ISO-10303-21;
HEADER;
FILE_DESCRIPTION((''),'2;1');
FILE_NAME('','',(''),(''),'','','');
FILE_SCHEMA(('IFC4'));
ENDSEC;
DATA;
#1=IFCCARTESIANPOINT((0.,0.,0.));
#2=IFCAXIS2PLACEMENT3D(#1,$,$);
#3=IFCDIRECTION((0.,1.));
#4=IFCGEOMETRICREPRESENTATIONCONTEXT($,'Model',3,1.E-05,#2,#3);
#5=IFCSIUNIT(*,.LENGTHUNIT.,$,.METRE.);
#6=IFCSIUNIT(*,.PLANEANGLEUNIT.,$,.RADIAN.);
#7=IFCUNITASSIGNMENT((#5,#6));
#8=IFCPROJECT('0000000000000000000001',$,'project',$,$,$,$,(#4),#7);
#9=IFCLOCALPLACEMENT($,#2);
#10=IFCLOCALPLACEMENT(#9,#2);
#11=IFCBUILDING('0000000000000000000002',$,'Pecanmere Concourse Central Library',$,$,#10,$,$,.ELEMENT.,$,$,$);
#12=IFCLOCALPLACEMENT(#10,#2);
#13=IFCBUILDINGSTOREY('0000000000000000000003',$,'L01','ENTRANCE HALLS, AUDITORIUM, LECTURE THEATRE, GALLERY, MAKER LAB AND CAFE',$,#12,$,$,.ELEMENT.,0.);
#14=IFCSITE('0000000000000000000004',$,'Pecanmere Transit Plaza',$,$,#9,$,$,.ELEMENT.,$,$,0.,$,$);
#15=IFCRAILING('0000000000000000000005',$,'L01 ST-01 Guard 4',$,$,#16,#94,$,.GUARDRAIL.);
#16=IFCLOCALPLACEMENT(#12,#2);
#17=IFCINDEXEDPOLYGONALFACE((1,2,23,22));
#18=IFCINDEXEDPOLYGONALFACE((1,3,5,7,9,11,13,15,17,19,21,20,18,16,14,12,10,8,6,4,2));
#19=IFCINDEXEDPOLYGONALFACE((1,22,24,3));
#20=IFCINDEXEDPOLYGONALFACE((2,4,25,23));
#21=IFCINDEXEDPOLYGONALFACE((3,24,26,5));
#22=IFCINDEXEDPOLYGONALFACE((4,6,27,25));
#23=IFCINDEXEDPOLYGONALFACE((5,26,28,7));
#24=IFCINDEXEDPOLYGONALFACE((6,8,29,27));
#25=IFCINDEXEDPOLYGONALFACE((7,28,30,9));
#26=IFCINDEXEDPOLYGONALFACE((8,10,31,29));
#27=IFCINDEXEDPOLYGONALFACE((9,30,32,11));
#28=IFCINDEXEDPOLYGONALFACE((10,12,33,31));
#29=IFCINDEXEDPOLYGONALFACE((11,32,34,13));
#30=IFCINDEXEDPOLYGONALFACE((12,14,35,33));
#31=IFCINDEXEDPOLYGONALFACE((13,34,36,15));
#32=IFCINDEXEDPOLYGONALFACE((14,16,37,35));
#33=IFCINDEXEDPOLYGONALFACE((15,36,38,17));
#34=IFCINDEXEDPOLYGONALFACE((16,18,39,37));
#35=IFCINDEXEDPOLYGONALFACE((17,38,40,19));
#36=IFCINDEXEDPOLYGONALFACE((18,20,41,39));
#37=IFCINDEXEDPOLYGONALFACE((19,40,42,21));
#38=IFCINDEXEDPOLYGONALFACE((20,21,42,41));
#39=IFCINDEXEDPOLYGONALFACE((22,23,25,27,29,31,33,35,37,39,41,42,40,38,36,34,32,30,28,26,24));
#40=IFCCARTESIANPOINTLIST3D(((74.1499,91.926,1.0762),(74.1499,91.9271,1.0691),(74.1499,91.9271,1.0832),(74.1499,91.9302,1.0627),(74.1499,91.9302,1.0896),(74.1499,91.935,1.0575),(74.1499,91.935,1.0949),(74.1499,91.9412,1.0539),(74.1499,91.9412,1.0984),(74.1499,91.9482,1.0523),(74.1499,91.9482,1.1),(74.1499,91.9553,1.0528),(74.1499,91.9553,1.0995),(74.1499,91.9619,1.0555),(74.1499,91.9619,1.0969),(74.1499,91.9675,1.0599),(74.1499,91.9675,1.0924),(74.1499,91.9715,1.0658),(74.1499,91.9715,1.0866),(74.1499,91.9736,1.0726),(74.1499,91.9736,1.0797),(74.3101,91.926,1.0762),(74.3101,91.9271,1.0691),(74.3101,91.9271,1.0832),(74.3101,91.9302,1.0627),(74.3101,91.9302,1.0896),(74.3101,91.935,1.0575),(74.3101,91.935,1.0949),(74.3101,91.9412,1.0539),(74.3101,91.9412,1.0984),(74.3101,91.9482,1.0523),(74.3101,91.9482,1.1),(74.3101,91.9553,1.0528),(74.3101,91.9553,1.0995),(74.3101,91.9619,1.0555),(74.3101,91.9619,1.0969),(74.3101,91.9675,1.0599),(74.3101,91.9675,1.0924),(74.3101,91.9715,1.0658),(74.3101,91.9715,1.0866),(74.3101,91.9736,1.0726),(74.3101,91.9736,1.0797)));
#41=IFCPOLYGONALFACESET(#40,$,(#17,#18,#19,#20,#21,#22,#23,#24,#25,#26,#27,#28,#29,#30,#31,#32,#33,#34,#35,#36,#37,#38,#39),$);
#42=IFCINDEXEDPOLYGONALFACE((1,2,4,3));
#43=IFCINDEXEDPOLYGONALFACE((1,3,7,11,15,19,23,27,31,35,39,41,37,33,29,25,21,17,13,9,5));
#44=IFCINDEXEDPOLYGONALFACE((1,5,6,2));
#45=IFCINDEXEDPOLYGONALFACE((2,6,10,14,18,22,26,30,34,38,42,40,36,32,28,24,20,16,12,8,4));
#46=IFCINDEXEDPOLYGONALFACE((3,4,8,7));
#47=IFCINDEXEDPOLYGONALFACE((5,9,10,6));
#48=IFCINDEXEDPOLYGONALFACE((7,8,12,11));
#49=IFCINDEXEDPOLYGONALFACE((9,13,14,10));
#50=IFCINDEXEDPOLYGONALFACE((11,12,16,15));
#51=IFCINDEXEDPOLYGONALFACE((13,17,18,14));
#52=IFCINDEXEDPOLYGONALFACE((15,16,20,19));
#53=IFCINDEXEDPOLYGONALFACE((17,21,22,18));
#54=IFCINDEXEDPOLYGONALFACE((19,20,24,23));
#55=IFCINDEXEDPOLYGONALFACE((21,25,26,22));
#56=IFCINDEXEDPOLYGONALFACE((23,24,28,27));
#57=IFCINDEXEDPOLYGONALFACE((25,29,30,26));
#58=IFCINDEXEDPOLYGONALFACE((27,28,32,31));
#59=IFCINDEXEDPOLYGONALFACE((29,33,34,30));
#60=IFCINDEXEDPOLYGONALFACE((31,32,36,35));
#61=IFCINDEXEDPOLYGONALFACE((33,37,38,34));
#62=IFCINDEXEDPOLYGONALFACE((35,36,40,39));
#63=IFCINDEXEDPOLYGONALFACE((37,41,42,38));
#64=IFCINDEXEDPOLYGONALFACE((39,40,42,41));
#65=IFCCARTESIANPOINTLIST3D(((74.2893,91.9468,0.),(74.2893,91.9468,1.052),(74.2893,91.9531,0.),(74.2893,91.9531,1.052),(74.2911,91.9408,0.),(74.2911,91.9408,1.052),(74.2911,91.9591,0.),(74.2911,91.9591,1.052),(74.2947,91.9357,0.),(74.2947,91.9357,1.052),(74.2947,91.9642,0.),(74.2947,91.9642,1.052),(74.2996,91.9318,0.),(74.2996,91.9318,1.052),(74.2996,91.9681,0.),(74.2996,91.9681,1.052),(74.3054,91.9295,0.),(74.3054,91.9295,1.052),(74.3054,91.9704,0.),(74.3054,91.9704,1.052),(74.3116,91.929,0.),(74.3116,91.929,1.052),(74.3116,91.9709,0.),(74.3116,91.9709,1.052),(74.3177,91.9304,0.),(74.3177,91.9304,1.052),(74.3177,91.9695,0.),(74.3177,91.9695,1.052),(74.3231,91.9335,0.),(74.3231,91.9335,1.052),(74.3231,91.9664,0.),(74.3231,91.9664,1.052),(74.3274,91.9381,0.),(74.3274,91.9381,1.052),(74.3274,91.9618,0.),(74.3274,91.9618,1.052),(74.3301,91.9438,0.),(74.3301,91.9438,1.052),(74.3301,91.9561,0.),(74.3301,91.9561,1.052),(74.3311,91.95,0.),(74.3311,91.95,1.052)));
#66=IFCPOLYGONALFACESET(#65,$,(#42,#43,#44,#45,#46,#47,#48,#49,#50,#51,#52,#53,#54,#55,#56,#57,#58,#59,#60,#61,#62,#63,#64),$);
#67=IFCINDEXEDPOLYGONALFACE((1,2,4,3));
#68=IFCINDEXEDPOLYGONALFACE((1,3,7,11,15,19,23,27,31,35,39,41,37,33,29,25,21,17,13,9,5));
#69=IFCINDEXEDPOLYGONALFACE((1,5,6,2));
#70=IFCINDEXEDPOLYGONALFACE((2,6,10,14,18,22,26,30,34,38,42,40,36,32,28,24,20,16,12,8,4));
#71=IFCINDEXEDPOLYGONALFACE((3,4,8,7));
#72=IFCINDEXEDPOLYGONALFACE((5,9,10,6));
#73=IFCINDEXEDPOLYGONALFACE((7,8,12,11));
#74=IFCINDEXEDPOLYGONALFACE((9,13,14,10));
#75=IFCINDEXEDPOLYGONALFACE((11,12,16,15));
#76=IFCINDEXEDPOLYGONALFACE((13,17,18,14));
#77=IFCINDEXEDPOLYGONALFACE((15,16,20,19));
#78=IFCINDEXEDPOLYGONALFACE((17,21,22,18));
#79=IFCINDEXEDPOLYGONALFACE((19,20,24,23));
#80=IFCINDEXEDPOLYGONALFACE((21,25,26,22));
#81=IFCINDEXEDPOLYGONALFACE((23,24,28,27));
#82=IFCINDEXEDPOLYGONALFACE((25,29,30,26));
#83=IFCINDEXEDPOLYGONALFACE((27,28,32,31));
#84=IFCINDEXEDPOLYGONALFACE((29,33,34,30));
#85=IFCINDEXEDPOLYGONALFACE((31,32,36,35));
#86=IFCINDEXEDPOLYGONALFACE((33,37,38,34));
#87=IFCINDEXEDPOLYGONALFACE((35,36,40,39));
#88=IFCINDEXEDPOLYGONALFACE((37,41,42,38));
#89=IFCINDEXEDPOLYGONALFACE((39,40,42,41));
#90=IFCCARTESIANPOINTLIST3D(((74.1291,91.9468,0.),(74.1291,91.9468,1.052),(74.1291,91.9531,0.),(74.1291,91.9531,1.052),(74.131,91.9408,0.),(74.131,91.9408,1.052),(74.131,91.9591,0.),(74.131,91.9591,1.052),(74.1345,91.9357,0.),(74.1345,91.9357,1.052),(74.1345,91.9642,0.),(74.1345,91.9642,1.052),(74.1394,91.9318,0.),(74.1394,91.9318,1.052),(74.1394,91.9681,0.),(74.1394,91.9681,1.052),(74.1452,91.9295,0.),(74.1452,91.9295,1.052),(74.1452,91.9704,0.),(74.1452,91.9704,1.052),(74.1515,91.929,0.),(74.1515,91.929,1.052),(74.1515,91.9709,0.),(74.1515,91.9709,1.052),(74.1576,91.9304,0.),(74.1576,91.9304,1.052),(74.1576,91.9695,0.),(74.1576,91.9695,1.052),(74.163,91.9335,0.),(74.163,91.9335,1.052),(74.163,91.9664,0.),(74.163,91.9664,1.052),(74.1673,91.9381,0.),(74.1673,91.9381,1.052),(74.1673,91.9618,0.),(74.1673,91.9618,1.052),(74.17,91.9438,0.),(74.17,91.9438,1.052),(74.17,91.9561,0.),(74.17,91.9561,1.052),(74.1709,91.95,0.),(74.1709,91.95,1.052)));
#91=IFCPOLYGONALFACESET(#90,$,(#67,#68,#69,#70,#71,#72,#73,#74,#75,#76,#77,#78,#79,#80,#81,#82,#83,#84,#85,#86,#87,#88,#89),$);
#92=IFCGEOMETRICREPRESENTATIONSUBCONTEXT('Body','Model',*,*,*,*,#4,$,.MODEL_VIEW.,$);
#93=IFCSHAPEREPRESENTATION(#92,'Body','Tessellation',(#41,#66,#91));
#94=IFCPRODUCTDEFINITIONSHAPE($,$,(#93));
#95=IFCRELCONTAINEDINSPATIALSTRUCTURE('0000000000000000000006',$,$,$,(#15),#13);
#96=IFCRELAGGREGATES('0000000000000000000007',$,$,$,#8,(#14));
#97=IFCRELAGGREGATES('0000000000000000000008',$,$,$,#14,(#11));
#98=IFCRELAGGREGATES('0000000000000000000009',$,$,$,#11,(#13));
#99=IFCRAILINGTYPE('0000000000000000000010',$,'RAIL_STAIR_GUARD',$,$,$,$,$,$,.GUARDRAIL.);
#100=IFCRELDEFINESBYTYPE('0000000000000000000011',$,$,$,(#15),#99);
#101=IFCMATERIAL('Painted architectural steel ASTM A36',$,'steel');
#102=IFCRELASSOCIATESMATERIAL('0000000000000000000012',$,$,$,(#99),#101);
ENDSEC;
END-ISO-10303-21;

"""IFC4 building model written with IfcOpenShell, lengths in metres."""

from ifc_helpers import new_model, si_unit, direction, frame, origin, origin_2d, place, context, subcontext, project, spatial, circle, extrude, material, type_object, element, save


model = new_model("IFC4")

# Units and contexts
model_context = context("Model", 3, precision=1e-05, world=origin(), true_north=direction((0.0, 1.0)))
body_context = subcontext(model_context, "Body", "Model", "MODEL_VIEW")
ifc_project = project(units=[si_unit("LENGTHUNIT", "METRE"), si_unit("PLANEANGLEUNIT", "RADIAN")], contexts=[model_context])

# Site, building, storey
site_placement = place(None, origin())
site = spatial("IfcSite", under=ifc_project, at=site_placement, Name="Pecanmere Transit Plaza", CompositionType="ELEMENT", RefElevation=0.0)
building_placement = place(site_placement, origin())
building = spatial("IfcBuilding", under=site, at=building_placement, Name="Pecanmere Concourse Central Library", CompositionType="ELEMENT")
storey_placement = place(building_placement, origin())
storey = spatial("IfcBuildingStorey", under=building, at=storey_placement, Name="L01", Description="ENTRANCE HALLS, AUDITORIUM, LECTURE THEATRE, GALLERY, MAKER LAB AND CAFE", CompositionType="ELEMENT", Elevation=0.0)

# Railing
ifc_material_1 = material(Name="Painted architectural steel ASTM A36", Category="steel")
railing_type_1 = type_object("IfcRailingType", Name="RAIL_STAIR_GUARD", PredefinedType="GUARDRAIL", material=ifc_material_1)
railing_1_placement = place(storey_placement, frame((74.3101, 91.95, 0.0)))
element("IfcRailing", 1, at=railing_1_placement, inside=storey, type_object=railing_type_1, Name="L01 ST-01 Guard 4", PredefinedType="GUARDRAIL", context=body_context, shape_type="SweptSolid", body=[
    extrude(circle(Radius=0.0239, at=origin_2d()), frame((0.0, 0.0, 1.0762), z_axis=(-1.0, 0.0, 0.0), x_axis=(0.0, -1.0, 0.0)), (0.0, 0.0, 1.0), 0.1602),
    extrude(circle(Radius=0.021, at=origin_2d()), origin(), (0.0, 0.0, 1.0), 1.052),
    extrude(circle(Radius=0.021, at=origin_2d()), frame((-0.1602, 0.0, 0.0)), (0.0, 0.0, 1.0), 1.052),
])

save(model, "model.ifc")
